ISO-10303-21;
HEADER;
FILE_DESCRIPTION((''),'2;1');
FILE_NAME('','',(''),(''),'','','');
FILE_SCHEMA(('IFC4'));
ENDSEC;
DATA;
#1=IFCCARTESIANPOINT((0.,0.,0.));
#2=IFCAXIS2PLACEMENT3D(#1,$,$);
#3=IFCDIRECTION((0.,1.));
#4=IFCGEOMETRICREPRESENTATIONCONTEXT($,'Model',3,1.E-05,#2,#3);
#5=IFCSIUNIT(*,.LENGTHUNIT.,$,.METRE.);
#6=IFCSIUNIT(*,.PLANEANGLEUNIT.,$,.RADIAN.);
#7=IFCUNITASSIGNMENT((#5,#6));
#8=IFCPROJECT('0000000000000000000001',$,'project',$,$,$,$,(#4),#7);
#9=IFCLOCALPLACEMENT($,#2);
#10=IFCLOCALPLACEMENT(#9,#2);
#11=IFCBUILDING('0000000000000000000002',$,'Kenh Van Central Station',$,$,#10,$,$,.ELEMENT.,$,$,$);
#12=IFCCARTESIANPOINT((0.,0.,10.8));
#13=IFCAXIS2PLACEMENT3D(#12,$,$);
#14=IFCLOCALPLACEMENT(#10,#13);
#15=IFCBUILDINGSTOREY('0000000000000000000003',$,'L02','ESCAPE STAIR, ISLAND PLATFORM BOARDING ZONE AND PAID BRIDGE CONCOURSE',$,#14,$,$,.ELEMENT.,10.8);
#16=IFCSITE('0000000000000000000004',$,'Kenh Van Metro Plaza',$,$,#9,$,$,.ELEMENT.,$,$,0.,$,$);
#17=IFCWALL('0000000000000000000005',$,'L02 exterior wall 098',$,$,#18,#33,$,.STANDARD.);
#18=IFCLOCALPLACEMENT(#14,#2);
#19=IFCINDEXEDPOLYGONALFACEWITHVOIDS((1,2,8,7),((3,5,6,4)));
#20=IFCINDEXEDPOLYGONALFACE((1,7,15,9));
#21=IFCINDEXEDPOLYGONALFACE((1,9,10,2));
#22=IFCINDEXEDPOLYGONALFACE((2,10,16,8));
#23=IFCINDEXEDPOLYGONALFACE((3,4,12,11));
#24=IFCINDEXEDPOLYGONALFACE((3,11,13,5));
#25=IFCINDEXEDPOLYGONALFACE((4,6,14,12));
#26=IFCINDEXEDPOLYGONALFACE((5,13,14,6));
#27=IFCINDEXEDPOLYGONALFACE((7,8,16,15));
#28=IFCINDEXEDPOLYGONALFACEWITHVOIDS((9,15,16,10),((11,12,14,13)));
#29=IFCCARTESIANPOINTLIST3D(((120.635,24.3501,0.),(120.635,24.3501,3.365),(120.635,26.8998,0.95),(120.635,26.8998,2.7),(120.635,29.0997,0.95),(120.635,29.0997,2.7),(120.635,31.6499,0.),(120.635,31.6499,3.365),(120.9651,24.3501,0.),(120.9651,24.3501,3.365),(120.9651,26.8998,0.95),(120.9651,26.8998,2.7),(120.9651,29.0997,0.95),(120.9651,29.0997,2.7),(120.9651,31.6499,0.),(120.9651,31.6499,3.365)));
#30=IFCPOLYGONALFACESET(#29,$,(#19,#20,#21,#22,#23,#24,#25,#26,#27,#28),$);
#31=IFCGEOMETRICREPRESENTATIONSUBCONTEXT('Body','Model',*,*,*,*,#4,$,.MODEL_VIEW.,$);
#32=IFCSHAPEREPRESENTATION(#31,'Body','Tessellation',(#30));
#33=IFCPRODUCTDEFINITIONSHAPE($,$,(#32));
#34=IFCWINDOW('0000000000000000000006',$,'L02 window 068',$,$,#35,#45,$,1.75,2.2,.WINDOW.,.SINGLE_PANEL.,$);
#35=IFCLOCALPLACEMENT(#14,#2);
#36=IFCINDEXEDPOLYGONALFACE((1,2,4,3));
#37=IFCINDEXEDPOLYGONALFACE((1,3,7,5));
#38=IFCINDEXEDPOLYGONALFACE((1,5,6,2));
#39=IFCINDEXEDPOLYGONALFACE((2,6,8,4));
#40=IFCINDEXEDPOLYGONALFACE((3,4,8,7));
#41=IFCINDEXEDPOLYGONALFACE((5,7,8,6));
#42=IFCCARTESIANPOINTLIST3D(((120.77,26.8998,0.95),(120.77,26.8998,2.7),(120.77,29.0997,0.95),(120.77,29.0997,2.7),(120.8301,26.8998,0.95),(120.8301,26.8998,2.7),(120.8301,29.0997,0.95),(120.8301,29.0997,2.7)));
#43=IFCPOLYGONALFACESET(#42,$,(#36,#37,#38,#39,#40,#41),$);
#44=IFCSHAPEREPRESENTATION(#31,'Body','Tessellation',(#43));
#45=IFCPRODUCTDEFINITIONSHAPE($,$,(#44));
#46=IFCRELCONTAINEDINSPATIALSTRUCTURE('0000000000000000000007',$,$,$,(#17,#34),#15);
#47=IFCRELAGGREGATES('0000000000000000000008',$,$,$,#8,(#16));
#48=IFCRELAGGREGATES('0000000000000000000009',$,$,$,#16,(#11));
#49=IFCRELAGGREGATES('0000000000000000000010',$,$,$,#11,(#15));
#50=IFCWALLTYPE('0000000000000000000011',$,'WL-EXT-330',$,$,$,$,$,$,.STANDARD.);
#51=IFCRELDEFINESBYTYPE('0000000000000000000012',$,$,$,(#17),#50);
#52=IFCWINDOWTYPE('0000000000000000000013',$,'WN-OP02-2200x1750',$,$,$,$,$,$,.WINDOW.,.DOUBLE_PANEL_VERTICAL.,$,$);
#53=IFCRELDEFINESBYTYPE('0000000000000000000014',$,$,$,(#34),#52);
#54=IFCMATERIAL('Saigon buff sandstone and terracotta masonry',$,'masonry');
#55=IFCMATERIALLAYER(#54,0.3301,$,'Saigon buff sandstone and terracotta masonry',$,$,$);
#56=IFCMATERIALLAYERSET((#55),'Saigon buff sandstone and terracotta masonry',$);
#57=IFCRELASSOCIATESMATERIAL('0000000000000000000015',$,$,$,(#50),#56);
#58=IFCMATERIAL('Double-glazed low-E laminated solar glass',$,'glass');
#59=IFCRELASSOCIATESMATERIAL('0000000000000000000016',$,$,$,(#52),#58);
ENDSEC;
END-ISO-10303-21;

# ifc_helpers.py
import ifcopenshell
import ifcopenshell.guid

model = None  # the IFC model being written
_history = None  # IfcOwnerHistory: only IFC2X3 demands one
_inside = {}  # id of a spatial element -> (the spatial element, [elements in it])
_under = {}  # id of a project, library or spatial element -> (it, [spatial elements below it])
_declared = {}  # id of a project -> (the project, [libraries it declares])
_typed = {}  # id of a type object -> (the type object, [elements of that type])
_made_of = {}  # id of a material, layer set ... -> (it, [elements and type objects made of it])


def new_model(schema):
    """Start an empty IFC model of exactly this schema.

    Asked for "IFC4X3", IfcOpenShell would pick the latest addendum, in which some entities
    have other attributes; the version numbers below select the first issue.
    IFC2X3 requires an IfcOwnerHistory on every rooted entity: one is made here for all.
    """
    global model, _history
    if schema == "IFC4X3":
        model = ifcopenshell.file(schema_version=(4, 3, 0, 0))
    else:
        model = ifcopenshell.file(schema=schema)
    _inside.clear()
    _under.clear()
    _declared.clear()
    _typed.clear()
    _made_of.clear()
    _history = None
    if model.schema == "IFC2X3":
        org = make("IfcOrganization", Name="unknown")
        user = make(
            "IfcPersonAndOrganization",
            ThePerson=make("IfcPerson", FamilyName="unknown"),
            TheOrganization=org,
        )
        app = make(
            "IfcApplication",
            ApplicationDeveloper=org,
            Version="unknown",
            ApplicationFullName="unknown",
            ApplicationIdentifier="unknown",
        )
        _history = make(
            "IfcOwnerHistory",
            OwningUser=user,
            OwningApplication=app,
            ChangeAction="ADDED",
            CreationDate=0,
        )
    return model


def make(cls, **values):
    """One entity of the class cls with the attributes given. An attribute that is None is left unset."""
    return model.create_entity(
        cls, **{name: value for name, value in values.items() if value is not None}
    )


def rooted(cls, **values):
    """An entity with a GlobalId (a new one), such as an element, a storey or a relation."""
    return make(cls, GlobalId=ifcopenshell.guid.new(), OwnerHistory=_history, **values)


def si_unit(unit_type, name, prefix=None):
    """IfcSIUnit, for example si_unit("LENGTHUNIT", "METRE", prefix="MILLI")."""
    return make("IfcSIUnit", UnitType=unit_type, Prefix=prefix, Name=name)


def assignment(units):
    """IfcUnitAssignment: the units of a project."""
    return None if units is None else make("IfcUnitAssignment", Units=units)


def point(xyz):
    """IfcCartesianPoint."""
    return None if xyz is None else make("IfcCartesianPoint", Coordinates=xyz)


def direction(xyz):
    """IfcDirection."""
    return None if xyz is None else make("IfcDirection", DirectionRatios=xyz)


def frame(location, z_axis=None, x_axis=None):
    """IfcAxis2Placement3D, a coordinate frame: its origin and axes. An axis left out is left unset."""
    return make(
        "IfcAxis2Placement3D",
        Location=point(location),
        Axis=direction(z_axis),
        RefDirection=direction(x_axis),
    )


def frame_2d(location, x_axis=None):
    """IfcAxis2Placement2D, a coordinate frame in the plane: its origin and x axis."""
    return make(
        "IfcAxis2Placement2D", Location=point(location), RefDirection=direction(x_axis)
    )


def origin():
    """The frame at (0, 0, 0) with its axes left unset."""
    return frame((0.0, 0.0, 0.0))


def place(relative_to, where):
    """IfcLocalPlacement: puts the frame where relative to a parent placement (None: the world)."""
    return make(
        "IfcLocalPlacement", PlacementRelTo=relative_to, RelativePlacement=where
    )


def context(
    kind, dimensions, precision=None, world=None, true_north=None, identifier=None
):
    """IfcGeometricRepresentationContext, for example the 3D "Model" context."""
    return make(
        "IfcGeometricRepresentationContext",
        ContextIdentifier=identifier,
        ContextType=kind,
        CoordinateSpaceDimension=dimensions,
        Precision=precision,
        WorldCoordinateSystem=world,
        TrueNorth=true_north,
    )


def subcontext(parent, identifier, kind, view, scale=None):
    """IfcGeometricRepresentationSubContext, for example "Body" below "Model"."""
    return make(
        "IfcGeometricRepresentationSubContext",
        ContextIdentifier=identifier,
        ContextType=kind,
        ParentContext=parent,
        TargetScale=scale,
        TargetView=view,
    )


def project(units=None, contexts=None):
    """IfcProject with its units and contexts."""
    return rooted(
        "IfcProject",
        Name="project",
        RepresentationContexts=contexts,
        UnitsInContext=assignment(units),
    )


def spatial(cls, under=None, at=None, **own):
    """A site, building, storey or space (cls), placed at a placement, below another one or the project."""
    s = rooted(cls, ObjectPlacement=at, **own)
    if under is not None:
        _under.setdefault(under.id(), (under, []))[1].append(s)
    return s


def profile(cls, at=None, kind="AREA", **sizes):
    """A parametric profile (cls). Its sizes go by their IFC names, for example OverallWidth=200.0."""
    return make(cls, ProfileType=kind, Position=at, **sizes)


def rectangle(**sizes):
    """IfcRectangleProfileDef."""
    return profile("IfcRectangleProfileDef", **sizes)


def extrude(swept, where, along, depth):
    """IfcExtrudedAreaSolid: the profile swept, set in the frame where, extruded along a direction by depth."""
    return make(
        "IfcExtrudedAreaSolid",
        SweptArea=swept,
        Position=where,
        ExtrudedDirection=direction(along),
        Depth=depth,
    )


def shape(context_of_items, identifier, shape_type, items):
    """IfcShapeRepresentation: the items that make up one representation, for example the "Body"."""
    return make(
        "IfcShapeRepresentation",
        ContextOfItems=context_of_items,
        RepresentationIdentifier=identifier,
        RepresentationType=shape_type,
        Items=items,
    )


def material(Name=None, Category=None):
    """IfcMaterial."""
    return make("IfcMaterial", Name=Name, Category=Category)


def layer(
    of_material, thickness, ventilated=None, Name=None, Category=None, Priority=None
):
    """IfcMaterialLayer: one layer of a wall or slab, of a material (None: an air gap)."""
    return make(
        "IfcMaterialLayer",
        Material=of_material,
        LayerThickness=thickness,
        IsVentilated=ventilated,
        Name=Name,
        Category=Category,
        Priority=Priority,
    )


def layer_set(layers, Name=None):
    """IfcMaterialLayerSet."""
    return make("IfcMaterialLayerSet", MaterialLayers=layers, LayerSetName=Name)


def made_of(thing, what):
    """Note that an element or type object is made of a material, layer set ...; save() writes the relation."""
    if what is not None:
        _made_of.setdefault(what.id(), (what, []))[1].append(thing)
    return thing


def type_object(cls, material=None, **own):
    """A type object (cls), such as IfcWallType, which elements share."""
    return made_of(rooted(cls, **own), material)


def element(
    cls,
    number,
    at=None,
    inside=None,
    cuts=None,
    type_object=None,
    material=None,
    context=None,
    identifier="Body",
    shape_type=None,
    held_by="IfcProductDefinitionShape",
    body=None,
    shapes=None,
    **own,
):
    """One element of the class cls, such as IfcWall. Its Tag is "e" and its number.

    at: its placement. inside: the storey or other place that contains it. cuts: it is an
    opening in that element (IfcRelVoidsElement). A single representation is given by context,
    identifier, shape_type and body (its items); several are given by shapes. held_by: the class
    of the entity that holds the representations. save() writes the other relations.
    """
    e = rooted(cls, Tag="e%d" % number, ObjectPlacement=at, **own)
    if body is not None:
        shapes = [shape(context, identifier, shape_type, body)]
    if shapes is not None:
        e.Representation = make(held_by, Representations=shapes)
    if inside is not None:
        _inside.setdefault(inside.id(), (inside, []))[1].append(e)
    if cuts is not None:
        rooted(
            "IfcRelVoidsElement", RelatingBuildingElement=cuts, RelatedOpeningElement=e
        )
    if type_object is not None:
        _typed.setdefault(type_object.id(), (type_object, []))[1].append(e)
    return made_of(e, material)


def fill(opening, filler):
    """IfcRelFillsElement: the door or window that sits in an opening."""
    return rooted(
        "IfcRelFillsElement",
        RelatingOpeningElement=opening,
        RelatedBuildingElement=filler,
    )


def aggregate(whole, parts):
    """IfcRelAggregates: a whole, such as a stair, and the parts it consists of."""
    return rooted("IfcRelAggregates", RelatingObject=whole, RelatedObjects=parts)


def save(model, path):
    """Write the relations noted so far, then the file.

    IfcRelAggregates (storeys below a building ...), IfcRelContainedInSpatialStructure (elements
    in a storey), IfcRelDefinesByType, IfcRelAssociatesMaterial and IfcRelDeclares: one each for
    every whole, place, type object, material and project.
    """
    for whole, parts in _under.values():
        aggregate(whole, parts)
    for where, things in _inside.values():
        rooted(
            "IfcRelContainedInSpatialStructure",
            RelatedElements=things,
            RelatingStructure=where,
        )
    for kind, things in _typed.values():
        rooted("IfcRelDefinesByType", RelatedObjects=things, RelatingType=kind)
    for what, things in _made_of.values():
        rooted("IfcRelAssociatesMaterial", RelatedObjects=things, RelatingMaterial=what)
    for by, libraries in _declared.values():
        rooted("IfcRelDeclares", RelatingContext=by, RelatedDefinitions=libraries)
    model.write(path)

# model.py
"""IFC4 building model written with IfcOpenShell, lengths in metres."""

from ifc_helpers import new_model, si_unit, direction, frame, frame_2d, origin, place, context, subcontext, project, spatial, rectangle, extrude, material, layer, layer_set, type_object, element, fill, save


model = new_model("IFC4")

# Units and contexts
model_context = context("Model", 3, precision=1e-05, world=origin(), true_north=direction((0.0, 1.0)))
body_context = subcontext(model_context, "Body", "Model", "MODEL_VIEW")
ifc_project = project(units=[si_unit("LENGTHUNIT", "METRE"), si_unit("PLANEANGLEUNIT", "RADIAN")], contexts=[model_context])

# Site, building, storey
site_placement = place(None, origin())
site = spatial("IfcSite", under=ifc_project, at=site_placement, Name="Kenh Van Metro Plaza", CompositionType="ELEMENT", RefElevation=0.0)
building_placement = place(site_placement, origin())
building = spatial("IfcBuilding", under=site, at=building_placement, Name="Kenh Van Central Station", CompositionType="ELEMENT")
storey_placement = place(building_placement, frame((0.0, 0.0, 10.8)))
storey = spatial("IfcBuildingStorey", under=building, at=storey_placement, Name="L02", Description="ESCAPE STAIR, ISLAND PLATFORM BOARDING ZONE AND PAID BRIDGE CONCOURSE", CompositionType="ELEMENT", Elevation=10.8)

# Shared definitions
ifc_material_1 = material(Name="Double-glazed low-E laminated solar glass", Category="glass")

# Wall, opening, window
ifc_material_2 = material(Name="Saigon buff sandstone and terracotta masonry", Category="masonry")
ifc_layer_1 = layer(ifc_material_2, 0.3301, Name="Saigon buff sandstone and terracotta masonry")
ifc_layer_set_1 = layer_set([ifc_layer_1], Name="Saigon buff sandstone and terracotta masonry")
wall_type_1 = type_object("IfcWallType", Name="WL-EXT-330", PredefinedType="STANDARD", material=ifc_layer_set_1)
wall_1_placement = place(storey_placement, frame((120.8, 31.6499, 0.0), z_axis=(0.0, 0.0, 1.0), x_axis=(0.0, -1.0, 0.0)))
wall_1 = element("IfcWall", 1, at=wall_1_placement, inside=storey, type_object=wall_type_1, Name="L02 exterior wall 098", PredefinedType="STANDARD", context=body_context, shape_type="SweptSolid", body=[
    extrude(rectangle(XDim=7.2998, YDim=0.3301, at=frame_2d((3.6499, 0.0))), origin(), (0.0, 0.0, 1.0), 3.365),
])
opening_1_placement = place(wall_1_placement, frame((2.55, 0.0, 0.95)))
opening_1 = element("IfcOpeningElement", 2, at=opening_1_placement, cuts=wall_1, PredefinedType="OPENING", context=body_context, shape_type="SweptSolid", body=[
    extrude(rectangle(XDim=2.2, YDim=1.75, at=frame_2d((1.1001, 0.875))), frame((0.0, 0.175, 0.0), z_axis=(0.0, -1.0, 0.0), x_axis=(1.0, 0.0, 0.0)), (0.0, 0.0, 1.0), 0.3501),
])
window_type_1 = type_object("IfcWindowType", Name="WN-OP02-2200x1750", PartitioningType="DOUBLE_PANEL_VERTICAL", PredefinedType="WINDOW", material=ifc_material_1)
window_1_placement = place(opening_1_placement, origin())
window_1 = element("IfcWindow", 3, at=window_1_placement, inside=storey, type_object=window_type_1, Name="L02 window 068", OverallHeight=1.75, OverallWidth=2.2, PartitioningType="SINGLE_PANEL", PredefinedType="WINDOW", context=body_context, shape_type="SweptSolid", body=[
    extrude(rectangle(XDim=2.2, YDim=1.75, at=frame_2d((1.1001, 0.875))), frame((0.0, 0.03, 0.0), z_axis=(0.0, -1.0, 0.0), x_axis=(1.0, 0.0, 0.0)), (0.0, 0.0, 1.0), 0.0601),
])
fill(opening_1, window_1)

save(model, "model.ifc")
